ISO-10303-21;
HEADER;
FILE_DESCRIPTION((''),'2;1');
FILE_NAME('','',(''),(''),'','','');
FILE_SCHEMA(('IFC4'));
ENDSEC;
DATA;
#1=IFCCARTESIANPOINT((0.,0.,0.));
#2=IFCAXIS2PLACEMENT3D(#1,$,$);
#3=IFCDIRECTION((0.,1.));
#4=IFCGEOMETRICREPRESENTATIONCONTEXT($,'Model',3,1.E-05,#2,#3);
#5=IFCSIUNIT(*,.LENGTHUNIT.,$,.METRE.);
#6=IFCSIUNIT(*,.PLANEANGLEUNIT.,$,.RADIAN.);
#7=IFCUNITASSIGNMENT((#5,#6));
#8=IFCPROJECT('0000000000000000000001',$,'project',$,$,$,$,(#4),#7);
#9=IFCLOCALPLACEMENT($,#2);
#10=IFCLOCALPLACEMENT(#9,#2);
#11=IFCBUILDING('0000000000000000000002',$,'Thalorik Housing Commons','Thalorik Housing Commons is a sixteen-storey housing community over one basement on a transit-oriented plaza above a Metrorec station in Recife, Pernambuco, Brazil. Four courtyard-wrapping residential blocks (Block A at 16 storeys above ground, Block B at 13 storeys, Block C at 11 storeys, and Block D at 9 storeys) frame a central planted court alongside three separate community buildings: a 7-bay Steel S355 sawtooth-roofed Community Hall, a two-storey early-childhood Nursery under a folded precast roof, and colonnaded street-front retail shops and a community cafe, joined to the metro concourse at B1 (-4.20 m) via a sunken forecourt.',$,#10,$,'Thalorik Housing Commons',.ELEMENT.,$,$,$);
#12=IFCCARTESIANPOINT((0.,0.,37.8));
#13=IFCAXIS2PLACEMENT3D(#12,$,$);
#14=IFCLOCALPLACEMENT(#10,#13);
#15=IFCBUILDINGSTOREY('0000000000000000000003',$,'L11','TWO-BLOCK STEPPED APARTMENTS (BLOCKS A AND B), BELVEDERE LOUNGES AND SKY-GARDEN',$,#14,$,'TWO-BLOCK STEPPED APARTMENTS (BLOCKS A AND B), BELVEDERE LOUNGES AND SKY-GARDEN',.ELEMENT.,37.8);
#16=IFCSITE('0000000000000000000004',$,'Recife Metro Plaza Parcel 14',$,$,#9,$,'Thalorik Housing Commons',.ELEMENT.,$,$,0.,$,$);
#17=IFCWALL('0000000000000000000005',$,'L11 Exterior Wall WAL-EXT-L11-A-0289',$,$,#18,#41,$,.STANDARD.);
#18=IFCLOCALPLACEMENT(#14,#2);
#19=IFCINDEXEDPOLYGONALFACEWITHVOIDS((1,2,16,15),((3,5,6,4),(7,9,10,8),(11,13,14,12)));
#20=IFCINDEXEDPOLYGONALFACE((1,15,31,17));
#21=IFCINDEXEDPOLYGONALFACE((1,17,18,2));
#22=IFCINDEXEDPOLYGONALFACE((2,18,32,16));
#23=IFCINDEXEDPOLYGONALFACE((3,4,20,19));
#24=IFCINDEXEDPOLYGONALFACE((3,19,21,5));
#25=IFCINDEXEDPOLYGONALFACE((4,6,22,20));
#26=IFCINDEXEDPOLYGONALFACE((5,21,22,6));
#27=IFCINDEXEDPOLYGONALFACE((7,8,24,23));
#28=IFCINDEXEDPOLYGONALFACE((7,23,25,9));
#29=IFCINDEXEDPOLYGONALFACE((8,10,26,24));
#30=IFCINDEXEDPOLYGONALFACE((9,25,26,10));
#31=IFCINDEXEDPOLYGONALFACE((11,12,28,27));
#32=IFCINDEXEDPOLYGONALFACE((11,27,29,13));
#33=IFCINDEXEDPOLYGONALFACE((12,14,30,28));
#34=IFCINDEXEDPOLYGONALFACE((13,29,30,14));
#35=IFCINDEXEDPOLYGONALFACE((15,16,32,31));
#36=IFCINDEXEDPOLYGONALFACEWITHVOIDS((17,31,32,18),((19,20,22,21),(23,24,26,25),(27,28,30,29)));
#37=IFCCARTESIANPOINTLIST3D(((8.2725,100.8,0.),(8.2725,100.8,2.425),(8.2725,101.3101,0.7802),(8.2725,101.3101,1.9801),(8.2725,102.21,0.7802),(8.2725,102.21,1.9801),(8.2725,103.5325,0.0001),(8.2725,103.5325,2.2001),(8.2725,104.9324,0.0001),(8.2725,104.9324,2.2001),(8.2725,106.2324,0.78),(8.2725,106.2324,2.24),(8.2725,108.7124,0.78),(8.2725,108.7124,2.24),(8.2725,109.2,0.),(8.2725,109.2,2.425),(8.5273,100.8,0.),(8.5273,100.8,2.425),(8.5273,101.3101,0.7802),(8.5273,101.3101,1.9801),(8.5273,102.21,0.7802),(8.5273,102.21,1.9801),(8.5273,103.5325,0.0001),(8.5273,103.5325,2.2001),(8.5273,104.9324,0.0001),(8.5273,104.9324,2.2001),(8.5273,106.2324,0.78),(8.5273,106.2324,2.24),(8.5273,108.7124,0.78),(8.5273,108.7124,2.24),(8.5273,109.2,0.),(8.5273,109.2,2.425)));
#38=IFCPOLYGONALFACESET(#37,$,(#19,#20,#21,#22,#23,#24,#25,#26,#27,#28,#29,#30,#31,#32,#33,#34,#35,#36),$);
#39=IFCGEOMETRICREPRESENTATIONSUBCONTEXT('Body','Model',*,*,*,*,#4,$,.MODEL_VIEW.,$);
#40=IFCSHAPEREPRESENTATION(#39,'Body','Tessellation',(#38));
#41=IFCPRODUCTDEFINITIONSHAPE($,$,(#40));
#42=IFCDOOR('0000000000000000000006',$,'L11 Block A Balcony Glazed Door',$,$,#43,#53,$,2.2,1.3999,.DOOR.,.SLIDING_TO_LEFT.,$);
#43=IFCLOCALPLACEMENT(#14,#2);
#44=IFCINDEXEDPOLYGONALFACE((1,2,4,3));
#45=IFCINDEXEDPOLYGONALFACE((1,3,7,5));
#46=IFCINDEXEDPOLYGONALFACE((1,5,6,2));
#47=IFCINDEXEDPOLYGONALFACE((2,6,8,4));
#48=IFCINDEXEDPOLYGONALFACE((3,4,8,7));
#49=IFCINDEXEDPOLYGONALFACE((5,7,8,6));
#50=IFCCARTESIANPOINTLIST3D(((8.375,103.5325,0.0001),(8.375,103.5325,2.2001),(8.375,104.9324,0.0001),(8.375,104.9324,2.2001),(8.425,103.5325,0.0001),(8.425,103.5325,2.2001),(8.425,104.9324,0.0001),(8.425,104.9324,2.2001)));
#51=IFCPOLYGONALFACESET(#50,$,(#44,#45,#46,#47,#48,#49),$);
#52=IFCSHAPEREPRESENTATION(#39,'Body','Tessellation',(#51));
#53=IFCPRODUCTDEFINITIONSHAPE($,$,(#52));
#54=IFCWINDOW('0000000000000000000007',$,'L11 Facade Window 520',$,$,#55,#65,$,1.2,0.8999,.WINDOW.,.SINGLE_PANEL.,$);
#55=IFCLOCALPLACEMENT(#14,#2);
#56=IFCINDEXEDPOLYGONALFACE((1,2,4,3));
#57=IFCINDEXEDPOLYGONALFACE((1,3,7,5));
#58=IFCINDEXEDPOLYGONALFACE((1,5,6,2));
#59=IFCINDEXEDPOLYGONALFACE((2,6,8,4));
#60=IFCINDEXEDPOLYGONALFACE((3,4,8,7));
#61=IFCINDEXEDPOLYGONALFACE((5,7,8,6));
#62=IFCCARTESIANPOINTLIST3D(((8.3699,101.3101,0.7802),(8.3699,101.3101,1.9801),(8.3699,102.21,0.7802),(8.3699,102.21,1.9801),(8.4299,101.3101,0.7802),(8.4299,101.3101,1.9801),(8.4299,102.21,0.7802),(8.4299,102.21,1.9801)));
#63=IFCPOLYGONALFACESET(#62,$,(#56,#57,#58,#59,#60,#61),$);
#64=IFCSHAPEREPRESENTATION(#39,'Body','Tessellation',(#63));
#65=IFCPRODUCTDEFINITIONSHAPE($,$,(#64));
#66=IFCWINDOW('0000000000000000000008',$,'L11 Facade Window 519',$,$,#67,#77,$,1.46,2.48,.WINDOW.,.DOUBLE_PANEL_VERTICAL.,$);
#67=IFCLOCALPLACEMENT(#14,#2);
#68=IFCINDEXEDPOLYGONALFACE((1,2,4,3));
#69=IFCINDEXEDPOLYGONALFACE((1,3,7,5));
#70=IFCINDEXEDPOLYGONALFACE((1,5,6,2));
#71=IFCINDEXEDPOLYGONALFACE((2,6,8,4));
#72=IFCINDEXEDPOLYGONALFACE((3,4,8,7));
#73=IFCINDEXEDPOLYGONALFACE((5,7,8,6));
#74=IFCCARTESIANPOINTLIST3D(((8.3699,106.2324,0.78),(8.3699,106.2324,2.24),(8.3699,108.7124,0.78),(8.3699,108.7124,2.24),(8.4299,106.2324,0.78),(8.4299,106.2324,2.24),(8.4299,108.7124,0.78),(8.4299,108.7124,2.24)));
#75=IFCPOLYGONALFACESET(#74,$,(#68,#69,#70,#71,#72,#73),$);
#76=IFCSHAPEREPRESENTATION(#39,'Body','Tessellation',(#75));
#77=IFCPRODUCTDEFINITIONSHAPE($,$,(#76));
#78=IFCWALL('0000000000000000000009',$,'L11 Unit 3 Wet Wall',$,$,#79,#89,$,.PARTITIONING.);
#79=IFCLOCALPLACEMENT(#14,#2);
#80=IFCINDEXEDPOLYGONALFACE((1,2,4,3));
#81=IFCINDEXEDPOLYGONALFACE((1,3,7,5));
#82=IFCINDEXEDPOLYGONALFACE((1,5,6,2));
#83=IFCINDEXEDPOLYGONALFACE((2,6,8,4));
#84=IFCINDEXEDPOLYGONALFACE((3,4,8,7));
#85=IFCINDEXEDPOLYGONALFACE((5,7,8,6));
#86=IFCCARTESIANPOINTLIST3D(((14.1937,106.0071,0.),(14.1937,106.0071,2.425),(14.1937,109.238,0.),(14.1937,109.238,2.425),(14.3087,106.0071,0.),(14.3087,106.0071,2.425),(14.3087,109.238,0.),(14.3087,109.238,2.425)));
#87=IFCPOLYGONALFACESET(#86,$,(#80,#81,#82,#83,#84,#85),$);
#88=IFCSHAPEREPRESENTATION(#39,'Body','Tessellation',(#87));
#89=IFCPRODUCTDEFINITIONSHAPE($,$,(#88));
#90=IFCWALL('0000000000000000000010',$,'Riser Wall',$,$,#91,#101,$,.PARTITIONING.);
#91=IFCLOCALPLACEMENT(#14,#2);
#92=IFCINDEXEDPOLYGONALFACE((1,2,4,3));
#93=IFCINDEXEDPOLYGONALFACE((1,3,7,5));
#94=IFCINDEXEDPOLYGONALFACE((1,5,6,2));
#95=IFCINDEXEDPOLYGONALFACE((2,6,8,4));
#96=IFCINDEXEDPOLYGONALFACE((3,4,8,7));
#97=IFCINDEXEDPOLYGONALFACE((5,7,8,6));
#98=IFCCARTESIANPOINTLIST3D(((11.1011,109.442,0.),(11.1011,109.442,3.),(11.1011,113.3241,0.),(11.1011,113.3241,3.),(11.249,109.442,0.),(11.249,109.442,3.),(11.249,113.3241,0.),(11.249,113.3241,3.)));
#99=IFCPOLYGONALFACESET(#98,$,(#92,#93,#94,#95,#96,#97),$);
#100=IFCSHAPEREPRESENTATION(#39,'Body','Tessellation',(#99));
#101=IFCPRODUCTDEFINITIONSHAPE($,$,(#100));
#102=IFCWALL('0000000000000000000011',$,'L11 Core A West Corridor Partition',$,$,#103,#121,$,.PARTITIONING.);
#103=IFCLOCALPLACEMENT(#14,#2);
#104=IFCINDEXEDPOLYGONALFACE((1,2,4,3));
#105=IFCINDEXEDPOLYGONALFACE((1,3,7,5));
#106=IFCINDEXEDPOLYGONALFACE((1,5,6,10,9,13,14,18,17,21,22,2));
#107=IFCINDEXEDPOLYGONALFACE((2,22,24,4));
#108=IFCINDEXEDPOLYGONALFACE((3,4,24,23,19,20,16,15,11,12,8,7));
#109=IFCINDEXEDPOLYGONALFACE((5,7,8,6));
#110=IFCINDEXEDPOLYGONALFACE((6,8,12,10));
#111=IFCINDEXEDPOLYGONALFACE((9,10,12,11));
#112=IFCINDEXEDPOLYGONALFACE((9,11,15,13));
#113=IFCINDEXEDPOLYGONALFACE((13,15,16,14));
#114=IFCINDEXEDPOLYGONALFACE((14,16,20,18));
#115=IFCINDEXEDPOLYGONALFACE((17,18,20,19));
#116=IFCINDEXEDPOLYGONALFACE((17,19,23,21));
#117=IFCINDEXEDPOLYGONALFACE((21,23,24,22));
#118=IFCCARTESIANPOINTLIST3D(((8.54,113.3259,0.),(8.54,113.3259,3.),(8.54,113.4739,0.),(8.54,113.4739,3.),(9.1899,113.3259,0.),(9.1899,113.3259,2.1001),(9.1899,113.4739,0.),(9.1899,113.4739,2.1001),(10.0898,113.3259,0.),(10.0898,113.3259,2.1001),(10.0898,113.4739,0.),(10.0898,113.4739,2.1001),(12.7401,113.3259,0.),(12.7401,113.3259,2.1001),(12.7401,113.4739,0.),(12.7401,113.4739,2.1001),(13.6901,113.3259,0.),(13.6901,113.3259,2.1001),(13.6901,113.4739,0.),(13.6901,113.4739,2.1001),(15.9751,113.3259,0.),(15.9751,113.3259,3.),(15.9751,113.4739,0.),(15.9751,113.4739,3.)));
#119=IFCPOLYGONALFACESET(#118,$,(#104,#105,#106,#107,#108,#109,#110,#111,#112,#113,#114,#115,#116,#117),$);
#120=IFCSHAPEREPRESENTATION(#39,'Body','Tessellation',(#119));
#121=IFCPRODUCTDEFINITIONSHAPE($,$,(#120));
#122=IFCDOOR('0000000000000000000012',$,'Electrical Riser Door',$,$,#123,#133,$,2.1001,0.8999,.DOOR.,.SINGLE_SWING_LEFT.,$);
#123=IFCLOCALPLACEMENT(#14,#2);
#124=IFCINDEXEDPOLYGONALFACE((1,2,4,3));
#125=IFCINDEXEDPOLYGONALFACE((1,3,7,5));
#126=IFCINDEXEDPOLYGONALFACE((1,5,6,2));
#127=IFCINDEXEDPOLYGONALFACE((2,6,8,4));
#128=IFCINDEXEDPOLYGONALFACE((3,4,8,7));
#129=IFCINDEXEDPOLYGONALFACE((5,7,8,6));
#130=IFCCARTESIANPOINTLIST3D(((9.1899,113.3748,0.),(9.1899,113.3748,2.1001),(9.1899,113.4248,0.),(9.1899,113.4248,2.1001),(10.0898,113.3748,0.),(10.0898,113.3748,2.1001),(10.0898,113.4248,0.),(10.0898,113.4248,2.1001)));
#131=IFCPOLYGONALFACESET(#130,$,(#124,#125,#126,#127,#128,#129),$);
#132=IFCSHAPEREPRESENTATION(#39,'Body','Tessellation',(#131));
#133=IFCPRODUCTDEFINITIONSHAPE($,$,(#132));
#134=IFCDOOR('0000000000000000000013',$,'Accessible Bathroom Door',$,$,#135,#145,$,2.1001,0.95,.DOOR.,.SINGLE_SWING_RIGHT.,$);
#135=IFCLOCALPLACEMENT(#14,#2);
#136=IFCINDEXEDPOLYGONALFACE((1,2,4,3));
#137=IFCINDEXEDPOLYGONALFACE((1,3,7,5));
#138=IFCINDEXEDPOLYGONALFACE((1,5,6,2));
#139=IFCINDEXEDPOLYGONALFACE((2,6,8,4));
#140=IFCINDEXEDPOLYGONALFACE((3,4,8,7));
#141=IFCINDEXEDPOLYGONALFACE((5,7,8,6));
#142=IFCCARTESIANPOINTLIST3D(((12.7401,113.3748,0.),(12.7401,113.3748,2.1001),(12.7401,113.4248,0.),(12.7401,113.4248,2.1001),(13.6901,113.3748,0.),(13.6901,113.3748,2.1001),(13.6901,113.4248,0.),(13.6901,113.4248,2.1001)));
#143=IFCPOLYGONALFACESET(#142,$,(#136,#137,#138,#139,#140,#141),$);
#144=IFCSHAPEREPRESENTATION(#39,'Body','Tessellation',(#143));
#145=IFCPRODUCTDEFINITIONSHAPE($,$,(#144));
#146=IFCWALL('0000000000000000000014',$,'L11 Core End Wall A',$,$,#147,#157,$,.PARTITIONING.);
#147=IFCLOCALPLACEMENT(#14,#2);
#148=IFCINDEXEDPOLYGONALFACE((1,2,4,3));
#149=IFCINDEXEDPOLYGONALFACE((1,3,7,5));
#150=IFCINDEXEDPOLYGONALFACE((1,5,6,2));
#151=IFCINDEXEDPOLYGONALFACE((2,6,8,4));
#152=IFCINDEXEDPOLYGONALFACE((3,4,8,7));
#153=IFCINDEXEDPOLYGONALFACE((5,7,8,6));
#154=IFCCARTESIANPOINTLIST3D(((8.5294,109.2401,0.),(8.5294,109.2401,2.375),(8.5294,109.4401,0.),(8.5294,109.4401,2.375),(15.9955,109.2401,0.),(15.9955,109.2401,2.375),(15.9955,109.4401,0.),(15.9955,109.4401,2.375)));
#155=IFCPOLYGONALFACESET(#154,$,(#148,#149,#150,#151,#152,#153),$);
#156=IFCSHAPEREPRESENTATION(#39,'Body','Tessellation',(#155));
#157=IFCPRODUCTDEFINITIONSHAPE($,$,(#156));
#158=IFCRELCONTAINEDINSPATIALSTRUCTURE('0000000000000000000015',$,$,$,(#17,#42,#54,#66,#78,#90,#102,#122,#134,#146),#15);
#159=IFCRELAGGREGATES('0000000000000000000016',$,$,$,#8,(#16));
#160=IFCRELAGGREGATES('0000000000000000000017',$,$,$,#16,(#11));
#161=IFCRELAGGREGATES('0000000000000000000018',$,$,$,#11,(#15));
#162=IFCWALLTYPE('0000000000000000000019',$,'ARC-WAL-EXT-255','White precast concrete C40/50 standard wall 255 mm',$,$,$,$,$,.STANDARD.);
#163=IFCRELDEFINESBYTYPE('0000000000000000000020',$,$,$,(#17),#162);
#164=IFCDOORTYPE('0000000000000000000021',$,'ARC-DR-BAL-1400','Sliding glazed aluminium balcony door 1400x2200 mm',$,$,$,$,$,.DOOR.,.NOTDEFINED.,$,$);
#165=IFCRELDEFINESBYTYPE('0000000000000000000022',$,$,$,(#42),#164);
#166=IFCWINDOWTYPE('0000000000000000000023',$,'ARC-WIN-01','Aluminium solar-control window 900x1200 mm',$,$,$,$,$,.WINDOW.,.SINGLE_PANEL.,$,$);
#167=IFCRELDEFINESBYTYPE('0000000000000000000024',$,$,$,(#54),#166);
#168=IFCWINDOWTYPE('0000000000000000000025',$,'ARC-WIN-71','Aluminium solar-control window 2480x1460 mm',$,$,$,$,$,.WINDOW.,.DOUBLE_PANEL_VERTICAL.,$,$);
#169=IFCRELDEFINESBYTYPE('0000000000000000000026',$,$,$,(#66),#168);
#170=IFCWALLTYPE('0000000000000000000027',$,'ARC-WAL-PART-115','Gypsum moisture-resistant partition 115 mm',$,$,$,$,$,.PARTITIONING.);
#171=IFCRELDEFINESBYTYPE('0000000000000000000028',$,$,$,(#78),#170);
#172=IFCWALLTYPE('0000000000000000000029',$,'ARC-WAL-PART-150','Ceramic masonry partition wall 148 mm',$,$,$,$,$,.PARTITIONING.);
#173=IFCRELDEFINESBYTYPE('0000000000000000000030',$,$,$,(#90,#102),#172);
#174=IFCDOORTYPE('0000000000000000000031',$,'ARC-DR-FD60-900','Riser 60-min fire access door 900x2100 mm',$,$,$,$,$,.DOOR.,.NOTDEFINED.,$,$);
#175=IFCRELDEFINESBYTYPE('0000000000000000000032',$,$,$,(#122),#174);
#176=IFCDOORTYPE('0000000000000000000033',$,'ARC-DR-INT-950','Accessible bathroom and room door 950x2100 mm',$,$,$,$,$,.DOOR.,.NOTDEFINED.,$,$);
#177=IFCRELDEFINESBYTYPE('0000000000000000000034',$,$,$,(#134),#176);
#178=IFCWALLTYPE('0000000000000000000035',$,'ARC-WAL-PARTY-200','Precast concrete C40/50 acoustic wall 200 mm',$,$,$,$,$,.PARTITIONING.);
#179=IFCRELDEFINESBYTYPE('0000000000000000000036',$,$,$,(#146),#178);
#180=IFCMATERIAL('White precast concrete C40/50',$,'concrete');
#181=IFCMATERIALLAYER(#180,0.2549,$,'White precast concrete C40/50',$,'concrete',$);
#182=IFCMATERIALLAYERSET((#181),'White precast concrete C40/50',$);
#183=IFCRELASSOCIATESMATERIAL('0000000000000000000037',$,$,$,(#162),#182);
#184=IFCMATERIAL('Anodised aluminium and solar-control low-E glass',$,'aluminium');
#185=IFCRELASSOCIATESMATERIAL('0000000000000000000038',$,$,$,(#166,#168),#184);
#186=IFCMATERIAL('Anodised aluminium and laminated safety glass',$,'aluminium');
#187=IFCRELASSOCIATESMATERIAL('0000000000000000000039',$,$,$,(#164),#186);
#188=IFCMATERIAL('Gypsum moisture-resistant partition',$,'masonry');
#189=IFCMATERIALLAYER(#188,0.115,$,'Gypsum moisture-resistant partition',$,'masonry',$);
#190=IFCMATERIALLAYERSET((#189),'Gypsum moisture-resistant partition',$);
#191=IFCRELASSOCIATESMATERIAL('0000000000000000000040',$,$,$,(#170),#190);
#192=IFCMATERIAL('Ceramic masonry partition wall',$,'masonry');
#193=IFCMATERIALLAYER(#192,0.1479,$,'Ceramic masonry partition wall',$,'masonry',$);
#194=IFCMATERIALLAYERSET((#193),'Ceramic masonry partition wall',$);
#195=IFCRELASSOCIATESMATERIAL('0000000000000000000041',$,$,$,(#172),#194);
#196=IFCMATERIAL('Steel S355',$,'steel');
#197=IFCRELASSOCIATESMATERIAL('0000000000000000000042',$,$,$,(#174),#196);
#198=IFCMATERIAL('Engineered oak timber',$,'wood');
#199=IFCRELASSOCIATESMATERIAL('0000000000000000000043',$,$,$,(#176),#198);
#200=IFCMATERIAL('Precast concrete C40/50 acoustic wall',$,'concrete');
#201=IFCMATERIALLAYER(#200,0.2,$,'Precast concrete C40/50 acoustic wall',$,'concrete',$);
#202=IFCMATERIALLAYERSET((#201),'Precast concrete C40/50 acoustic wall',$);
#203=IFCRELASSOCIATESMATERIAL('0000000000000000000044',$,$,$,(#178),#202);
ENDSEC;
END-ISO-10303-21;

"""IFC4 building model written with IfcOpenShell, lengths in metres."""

from ifc_helpers import new_model, si_unit, direction, frame, frame_2d, origin, place, context, subcontext, project, spatial, rectangle, extrude, material, layer, layer_set, type_object, element, fill, save


model = new_model("IFC4")

# Units and contexts
model_context = context("Model", 3, precision=1e-05, world=origin(), true_north=direction((0.0, 1.0)))
body_context = subcontext(model_context, "Body", "Model", "MODEL_VIEW")
ifc_project = project(units=[si_unit("LENGTHUNIT", "METRE"), si_unit("PLANEANGLEUNIT", "RADIAN")], contexts=[model_context])

# Site, building, storey
site_placement = place(None, origin())
site = spatial("IfcSite", under=ifc_project, at=site_placement, Name="Recife Metro Plaza Parcel 14", LongName="Thalorik Housing Commons", CompositionType="ELEMENT", RefElevation=0.0)
building_placement = place(site_placement, origin())
building = spatial("IfcBuilding", under=site, at=building_placement, Name="Thalorik Housing Commons", Description="Thalorik Housing Commons is a sixteen-storey housing community over one basement on a transit-oriented plaza above a Metrorec station in Recife, Pernambuco, Brazil. Four courtyard-wrapping residential blocks (Block A at 16 storeys above ground, Block B at 13 storeys, Block C at 11 storeys, and Block D at 9 storeys) frame a central planted court alongside three separate community buildings: a 7-bay Steel S355 sawtooth-roofed Community Hall, a two-storey early-childhood Nursery under a folded precast roof, and colonnaded street-front retail shops and a community cafe, joined to the metro concourse at B1 (-4.20 m) via a sunken forecourt.", LongName="Thalorik Housing Commons", CompositionType="ELEMENT")
storey_placement = place(building_placement, frame((0.0, 0.0, 37.8)))
storey = spatial("IfcBuildingStorey", under=building, at=storey_placement, Name="L11", Description="TWO-BLOCK STEPPED APARTMENTS (BLOCKS A AND B), BELVEDERE LOUNGES AND SKY-GARDEN", LongName="TWO-BLOCK STEPPED APARTMENTS (BLOCKS A AND B), BELVEDERE LOUNGES AND SKY-GARDEN", CompositionType="ELEMENT", Elevation=37.8)

# Shared definitions
ifc_material_1 = material(Name="Steel S355", Category="steel")

# Shared definitions
ifc_material_2 = material(Name="White precast concrete C40/50", Category="concrete")
ifc_layer_1 = layer(ifc_material_2, 0.2549, Name="White precast concrete C40/50", Category="concrete")
ifc_layer_set_1 = layer_set([ifc_layer_1], Name="White precast concrete C40/50")
wall_type_1 = type_object("IfcWallType", Name="ARC-WAL-EXT-255", Description="White precast concrete C40/50 standard wall 255 mm", PredefinedType="STANDARD", material=ifc_layer_set_1)
ifc_material_3 = material(Name="Anodised aluminium and solar-control low-E glass", Category="aluminium")
window_type_1 = type_object("IfcWindowType", Name="ARC-WIN-01", Description="Aluminium solar-control window 900x1200 mm", PartitioningType="SINGLE_PANEL", PredefinedType="WINDOW", material=ifc_material_3)

# Wall, openings, door, windows
wall_1_placement = place(storey_placement, frame((8.3999, 109.2, 0.0), z_axis=(0.0, 0.0, 1.0), x_axis=(0.0, -1.0, 0.0)))
wall_1 = element("IfcWall", 1, at=wall_1_placement, inside=storey, type_object=wall_type_1, Name="L11 Exterior Wall WAL-EXT-L11-A-0289", PredefinedType="STANDARD", context=body_context, shape_type="SweptSolid", body=[
    extrude(rectangle(XDim=8.3999, YDim=0.2549, at=frame_2d((4.2, 0.0))), origin(), (0.0, 0.0, 1.0), 2.425),
])
opening_1_placement = place(wall_1_placement, frame((4.2676, 0.0, 0.0)))
opening_1 = element("IfcOpeningElement", 2, at=opening_1_placement, cuts=wall_1, PredefinedType="OPENING", context=body_context, shape_type="SweptSolid", body=[
    extrude(rectangle(XDim=1.3999, YDim=2.2, at=frame_2d((0.7, 1.1001))), frame((0.0, 0.1375, 0.0), z_axis=(0.0, -1.0, 0.0), x_axis=(1.0, 0.0, 0.0)), (0.0, 0.0, 1.0), 0.2749),
])
opening_2_placement = place(wall_1_placement, frame((0.4875, 0.0, 0.78)))
opening_2 = element("IfcOpeningElement", 3, at=opening_2_placement, cuts=wall_1, PredefinedType="OPENING", context=body_context, shape_type="SweptSolid", body=[
    extrude(rectangle(XDim=2.48, YDim=1.46, at=frame_2d((1.24, 0.73))), frame((0.0, 0.1375, 0.0), z_axis=(0.0, -1.0, 0.0), x_axis=(1.0, 0.0, 0.0)), (0.0, 0.0, 1.0), 0.2749),
])
opening_3_placement = place(wall_1_placement, frame((6.99, 0.0, 0.78)))
opening_3 = element("IfcOpeningElement", 4, at=opening_3_placement, cuts=wall_1, PredefinedType="OPENING", context=body_context, shape_type="SweptSolid", body=[
    extrude(rectangle(XDim=0.8999, YDim=1.2, at=frame_2d((0.45, 0.6001))), frame((0.0, 0.1375, 0.0), z_axis=(0.0, -1.0, 0.0), x_axis=(1.0, 0.0, 0.0)), (0.0, 0.0, 1.0), 0.2749),
])
ifc_material_4 = material(Name="Anodised aluminium and laminated safety glass", Category="aluminium")
door_type_1 = type_object("IfcDoorType", Name="ARC-DR-BAL-1400", Description="Sliding glazed aluminium balcony door 1400x2200 mm", OperationType="NOTDEFINED", PredefinedType="DOOR", material=ifc_material_4)
door_1_placement = place(opening_1_placement, frame((1.3999, 0.0, 0.0), z_axis=(0.0, 0.0, 1.0), x_axis=(-1.0, 0.0, 0.0)))
door_1 = element("IfcDoor", 5, at=door_1_placement, inside=storey, type_object=door_type_1, Name="L11 Block A Balcony Glazed Door", OperationType="SLIDING_TO_LEFT", OverallHeight=2.2, OverallWidth=1.3999, PredefinedType="DOOR", context=body_context, shape_type="SweptSolid", body=[
    extrude(rectangle(XDim=1.3999, YDim=2.2, at=frame_2d((0.7, 1.1001))), frame((0.0, 0.0249, 0.0), z_axis=(0.0, -1.0, 0.0), x_axis=(1.0, 0.0, 0.0)), (0.0, 0.0, 1.0), 0.05),
])
fill(opening_1, door_1)
window_1_placement = place(opening_3_placement, origin())
window_1 = element("IfcWindow", 6, at=window_1_placement, inside=storey, type_object=window_type_1, Name="L11 Facade Window 520", OverallHeight=1.2, OverallWidth=0.8999, PartitioningType="SINGLE_PANEL", PredefinedType="WINDOW", context=body_context, shape_type="SweptSolid", body=[
    extrude(rectangle(XDim=0.8999, YDim=1.2, at=frame_2d((0.45, 0.6001))), frame((0.0, 0.03, 0.0), z_axis=(0.0, -1.0, 0.0), x_axis=(1.0, 0.0, 0.0)), (0.0, 0.0, 1.0), 0.0601),
])
fill(opening_3, window_1)
window_type_2 = type_object("IfcWindowType", Name="ARC-WIN-71", Description="Aluminium solar-control window 2480x1460 mm", PartitioningType="DOUBLE_PANEL_VERTICAL", PredefinedType="WINDOW", material=ifc_material_3)
window_2_placement = place(opening_2_placement, origin())
window_2 = element("IfcWindow", 7, at=window_2_placement, inside=storey, type_object=window_type_2, Name="L11 Facade Window 519", OverallHeight=1.46, OverallWidth=2.48, PartitioningType="DOUBLE_PANEL_VERTICAL", PredefinedType="WINDOW", context=body_context, shape_type="SweptSolid", body=[
    extrude(rectangle(XDim=2.48, YDim=1.46, at=frame_2d((1.24, 0.73))), frame((0.0, 0.03, 0.0), z_axis=(0.0, -1.0, 0.0), x_axis=(1.0, 0.0, 0.0)), (0.0, 0.0, 1.0), 0.0601),
])
fill(opening_2, window_2)

# Walls
ifc_material_5 = material(Name="Gypsum moisture-resistant partition", Category="masonry")
ifc_layer_2 = layer(ifc_material_5, 0.115, Name="Gypsum moisture-resistant partition", Category="masonry")
ifc_layer_set_2 = layer_set([ifc_layer_2], Name="Gypsum moisture-resistant partition")
wall_type_2 = type_object("IfcWallType", Name="ARC-WAL-PART-115", Description="Gypsum moisture-resistant partition 115 mm", PredefinedType="PARTITIONING", material=ifc_layer_set_2)
wall_2_placement = place(storey_placement, frame((14.2512, 106.0071, 0.0), z_axis=(0.0, 0.0, 1.0), x_axis=(0.0, 1.0, 0.0)))
element("IfcWall", 8, at=wall_2_placement, inside=storey, type_object=wall_type_2, Name="L11 Unit 3 Wet Wall", PredefinedType="PARTITIONING", context=body_context, shape_type="SweptSolid", body=[
    extrude(rectangle(XDim=3.231, YDim=0.115, at=frame_2d((1.6155, 0.0))), origin(), (0.0, 0.0, 1.0), 2.425),
])
ifc_material_6 = material(Name="Ceramic masonry partition wall", Category="masonry")
ifc_layer_3 = layer(ifc_material_6, 0.1479, Name="Ceramic masonry partition wall", Category="masonry")
ifc_layer_set_3 = layer_set([ifc_layer_3], Name="Ceramic masonry partition wall")
wall_type_3 = type_object("IfcWallType", Name="ARC-WAL-PART-150", Description="Ceramic masonry partition wall 148 mm", PredefinedType="PARTITIONING", material=ifc_layer_set_3)
wall_3_placement = place(storey_placement, frame((11.175, 113.324, 0.0), z_axis=(0.0, 0.0, 1.0), x_axis=(0.0, -1.0, 0.0)))
element("IfcWall", 9, at=wall_3_placement, inside=storey, type_object=wall_type_3, Name="Riser Wall", PredefinedType="PARTITIONING", context=body_context, shape_type="SweptSolid", body=[
    extrude(rectangle(XDim=3.8821, YDim=0.1479, at=frame_2d((1.9409, 0.0))), origin(), (0.0, 0.0, 1.0), 3.0),
])

# Wall, openings, doors
wall_4_placement = place(storey_placement, frame((8.54, 113.3999, 0.0), z_axis=(0.0, 0.0, 1.0), x_axis=(1.0, 0.0, 0.0)))
wall_4 = element("IfcWall", 10, at=wall_4_placement, inside=storey, type_object=wall_type_3, Name="L11 Core A West Corridor Partition", PredefinedType="PARTITIONING", context=body_context, shape_type="SweptSolid", body=[
    extrude(rectangle(XDim=7.4351, YDim=0.1479, at=frame_2d((3.7175, 0.0))), origin(), (0.0, 0.0, 1.0), 3.0),
])
opening_4_placement = place(wall_4_placement, frame((0.6499, 0.0, 0.0)))
opening_4 = element("IfcOpeningElement", 11, at=opening_4_placement, cuts=wall_4, PredefinedType="OPENING", context=body_context, shape_type="SweptSolid", body=[
    extrude(rectangle(XDim=0.8999, YDim=2.1001, at=frame_2d((0.45, 1.05))), frame((0.0, 0.084, 0.0), z_axis=(0.0, -1.0, 0.0), x_axis=(1.0, 0.0, 0.0)), (0.0, 0.0, 1.0), 0.168),
])
opening_5_placement = place(wall_4_placement, frame((4.2, 0.0, 0.0)))
opening_5 = element("IfcOpeningElement", 12, at=opening_5_placement, cuts=wall_4, PredefinedType="OPENING", context=body_context, shape_type="SweptSolid", body=[
    extrude(rectangle(XDim=0.95, YDim=2.1001, at=frame_2d((0.4751, 1.05))), frame((0.0, 0.084, 0.0), z_axis=(0.0, -1.0, 0.0), x_axis=(1.0, 0.0, 0.0)), (0.0, 0.0, 1.0), 0.168),
])
door_type_2 = type_object("IfcDoorType", Name="ARC-DR-FD60-900", Description="Riser 60-min fire access door 900x2100 mm", OperationType="NOTDEFINED", PredefinedType="DOOR", material=ifc_material_1)
door_2_placement = place(opening_4_placement, origin())
door_2 = element("IfcDoor", 13, at=door_2_placement, inside=storey, type_object=door_type_2, Name="Electrical Riser Door", OperationType="SINGLE_SWING_LEFT", OverallHeight=2.1001, OverallWidth=0.8999, PredefinedType="DOOR", context=body_context, shape_type="SweptSolid", body=[
    extrude(rectangle(XDim=0.8999, YDim=2.1001, at=frame_2d((0.45, 1.05))), frame((0.0, 0.0249, 0.0), z_axis=(0.0, -1.0, 0.0), x_axis=(1.0, 0.0, 0.0)), (0.0, 0.0, 1.0), 0.05),
])
fill(opening_4, door_2)
ifc_material_7 = material(Name="Engineered oak timber", Category="wood")
door_type_3 = type_object("IfcDoorType", Name="ARC-DR-INT-950", Description="Accessible bathroom and room door 950x2100 mm", OperationType="NOTDEFINED", PredefinedType="DOOR", material=ifc_material_7)
door_3_placement = place(opening_5_placement, origin())
door_3 = element("IfcDoor", 14, at=door_3_placement, inside=storey, type_object=door_type_3, Name="Accessible Bathroom Door", OperationType="SINGLE_SWING_RIGHT", OverallHeight=2.1001, OverallWidth=0.95, PredefinedType="DOOR", context=body_context, shape_type="SweptSolid", body=[
    extrude(rectangle(XDim=0.95, YDim=2.1001, at=frame_2d((0.4751, 1.05))), frame((0.0, 0.0249, 0.0), z_axis=(0.0, -1.0, 0.0), x_axis=(1.0, 0.0, 0.0)), (0.0, 0.0, 1.0), 0.05),
])
fill(opening_5, door_3)

# Wall
ifc_material_8 = material(Name="Precast concrete C40/50 acoustic wall", Category="concrete")
ifc_layer_4 = layer(ifc_material_8, 0.2, Name="Precast concrete C40/50 acoustic wall", Category="concrete")
ifc_layer_set_4 = layer_set([ifc_layer_4], Name="Precast concrete C40/50 acoustic wall")
wall_type_4 = type_object("IfcWallType", Name="ARC-WAL-PARTY-200", Description="Precast concrete C40/50 acoustic wall 200 mm", PredefinedType="PARTITIONING", material=ifc_layer_set_4)
wall_5_placement = place(storey_placement, frame((8.5295, 109.3401, 0.0), z_axis=(0.0, 0.0, 1.0), x_axis=(1.0, 0.0, 0.0)))
element("IfcWall", 15, at=wall_5_placement, inside=storey, type_object=wall_type_4, Name="L11 Core End Wall A", PredefinedType="PARTITIONING", context=body_context, shape_type="SweptSolid", body=[
    extrude(rectangle(XDim=7.4661, YDim=0.2, at=frame_2d((3.7329, 0.0))), origin(), (0.0, 0.0, 1.0), 2.375),
])

save(model, "model.ifc")
